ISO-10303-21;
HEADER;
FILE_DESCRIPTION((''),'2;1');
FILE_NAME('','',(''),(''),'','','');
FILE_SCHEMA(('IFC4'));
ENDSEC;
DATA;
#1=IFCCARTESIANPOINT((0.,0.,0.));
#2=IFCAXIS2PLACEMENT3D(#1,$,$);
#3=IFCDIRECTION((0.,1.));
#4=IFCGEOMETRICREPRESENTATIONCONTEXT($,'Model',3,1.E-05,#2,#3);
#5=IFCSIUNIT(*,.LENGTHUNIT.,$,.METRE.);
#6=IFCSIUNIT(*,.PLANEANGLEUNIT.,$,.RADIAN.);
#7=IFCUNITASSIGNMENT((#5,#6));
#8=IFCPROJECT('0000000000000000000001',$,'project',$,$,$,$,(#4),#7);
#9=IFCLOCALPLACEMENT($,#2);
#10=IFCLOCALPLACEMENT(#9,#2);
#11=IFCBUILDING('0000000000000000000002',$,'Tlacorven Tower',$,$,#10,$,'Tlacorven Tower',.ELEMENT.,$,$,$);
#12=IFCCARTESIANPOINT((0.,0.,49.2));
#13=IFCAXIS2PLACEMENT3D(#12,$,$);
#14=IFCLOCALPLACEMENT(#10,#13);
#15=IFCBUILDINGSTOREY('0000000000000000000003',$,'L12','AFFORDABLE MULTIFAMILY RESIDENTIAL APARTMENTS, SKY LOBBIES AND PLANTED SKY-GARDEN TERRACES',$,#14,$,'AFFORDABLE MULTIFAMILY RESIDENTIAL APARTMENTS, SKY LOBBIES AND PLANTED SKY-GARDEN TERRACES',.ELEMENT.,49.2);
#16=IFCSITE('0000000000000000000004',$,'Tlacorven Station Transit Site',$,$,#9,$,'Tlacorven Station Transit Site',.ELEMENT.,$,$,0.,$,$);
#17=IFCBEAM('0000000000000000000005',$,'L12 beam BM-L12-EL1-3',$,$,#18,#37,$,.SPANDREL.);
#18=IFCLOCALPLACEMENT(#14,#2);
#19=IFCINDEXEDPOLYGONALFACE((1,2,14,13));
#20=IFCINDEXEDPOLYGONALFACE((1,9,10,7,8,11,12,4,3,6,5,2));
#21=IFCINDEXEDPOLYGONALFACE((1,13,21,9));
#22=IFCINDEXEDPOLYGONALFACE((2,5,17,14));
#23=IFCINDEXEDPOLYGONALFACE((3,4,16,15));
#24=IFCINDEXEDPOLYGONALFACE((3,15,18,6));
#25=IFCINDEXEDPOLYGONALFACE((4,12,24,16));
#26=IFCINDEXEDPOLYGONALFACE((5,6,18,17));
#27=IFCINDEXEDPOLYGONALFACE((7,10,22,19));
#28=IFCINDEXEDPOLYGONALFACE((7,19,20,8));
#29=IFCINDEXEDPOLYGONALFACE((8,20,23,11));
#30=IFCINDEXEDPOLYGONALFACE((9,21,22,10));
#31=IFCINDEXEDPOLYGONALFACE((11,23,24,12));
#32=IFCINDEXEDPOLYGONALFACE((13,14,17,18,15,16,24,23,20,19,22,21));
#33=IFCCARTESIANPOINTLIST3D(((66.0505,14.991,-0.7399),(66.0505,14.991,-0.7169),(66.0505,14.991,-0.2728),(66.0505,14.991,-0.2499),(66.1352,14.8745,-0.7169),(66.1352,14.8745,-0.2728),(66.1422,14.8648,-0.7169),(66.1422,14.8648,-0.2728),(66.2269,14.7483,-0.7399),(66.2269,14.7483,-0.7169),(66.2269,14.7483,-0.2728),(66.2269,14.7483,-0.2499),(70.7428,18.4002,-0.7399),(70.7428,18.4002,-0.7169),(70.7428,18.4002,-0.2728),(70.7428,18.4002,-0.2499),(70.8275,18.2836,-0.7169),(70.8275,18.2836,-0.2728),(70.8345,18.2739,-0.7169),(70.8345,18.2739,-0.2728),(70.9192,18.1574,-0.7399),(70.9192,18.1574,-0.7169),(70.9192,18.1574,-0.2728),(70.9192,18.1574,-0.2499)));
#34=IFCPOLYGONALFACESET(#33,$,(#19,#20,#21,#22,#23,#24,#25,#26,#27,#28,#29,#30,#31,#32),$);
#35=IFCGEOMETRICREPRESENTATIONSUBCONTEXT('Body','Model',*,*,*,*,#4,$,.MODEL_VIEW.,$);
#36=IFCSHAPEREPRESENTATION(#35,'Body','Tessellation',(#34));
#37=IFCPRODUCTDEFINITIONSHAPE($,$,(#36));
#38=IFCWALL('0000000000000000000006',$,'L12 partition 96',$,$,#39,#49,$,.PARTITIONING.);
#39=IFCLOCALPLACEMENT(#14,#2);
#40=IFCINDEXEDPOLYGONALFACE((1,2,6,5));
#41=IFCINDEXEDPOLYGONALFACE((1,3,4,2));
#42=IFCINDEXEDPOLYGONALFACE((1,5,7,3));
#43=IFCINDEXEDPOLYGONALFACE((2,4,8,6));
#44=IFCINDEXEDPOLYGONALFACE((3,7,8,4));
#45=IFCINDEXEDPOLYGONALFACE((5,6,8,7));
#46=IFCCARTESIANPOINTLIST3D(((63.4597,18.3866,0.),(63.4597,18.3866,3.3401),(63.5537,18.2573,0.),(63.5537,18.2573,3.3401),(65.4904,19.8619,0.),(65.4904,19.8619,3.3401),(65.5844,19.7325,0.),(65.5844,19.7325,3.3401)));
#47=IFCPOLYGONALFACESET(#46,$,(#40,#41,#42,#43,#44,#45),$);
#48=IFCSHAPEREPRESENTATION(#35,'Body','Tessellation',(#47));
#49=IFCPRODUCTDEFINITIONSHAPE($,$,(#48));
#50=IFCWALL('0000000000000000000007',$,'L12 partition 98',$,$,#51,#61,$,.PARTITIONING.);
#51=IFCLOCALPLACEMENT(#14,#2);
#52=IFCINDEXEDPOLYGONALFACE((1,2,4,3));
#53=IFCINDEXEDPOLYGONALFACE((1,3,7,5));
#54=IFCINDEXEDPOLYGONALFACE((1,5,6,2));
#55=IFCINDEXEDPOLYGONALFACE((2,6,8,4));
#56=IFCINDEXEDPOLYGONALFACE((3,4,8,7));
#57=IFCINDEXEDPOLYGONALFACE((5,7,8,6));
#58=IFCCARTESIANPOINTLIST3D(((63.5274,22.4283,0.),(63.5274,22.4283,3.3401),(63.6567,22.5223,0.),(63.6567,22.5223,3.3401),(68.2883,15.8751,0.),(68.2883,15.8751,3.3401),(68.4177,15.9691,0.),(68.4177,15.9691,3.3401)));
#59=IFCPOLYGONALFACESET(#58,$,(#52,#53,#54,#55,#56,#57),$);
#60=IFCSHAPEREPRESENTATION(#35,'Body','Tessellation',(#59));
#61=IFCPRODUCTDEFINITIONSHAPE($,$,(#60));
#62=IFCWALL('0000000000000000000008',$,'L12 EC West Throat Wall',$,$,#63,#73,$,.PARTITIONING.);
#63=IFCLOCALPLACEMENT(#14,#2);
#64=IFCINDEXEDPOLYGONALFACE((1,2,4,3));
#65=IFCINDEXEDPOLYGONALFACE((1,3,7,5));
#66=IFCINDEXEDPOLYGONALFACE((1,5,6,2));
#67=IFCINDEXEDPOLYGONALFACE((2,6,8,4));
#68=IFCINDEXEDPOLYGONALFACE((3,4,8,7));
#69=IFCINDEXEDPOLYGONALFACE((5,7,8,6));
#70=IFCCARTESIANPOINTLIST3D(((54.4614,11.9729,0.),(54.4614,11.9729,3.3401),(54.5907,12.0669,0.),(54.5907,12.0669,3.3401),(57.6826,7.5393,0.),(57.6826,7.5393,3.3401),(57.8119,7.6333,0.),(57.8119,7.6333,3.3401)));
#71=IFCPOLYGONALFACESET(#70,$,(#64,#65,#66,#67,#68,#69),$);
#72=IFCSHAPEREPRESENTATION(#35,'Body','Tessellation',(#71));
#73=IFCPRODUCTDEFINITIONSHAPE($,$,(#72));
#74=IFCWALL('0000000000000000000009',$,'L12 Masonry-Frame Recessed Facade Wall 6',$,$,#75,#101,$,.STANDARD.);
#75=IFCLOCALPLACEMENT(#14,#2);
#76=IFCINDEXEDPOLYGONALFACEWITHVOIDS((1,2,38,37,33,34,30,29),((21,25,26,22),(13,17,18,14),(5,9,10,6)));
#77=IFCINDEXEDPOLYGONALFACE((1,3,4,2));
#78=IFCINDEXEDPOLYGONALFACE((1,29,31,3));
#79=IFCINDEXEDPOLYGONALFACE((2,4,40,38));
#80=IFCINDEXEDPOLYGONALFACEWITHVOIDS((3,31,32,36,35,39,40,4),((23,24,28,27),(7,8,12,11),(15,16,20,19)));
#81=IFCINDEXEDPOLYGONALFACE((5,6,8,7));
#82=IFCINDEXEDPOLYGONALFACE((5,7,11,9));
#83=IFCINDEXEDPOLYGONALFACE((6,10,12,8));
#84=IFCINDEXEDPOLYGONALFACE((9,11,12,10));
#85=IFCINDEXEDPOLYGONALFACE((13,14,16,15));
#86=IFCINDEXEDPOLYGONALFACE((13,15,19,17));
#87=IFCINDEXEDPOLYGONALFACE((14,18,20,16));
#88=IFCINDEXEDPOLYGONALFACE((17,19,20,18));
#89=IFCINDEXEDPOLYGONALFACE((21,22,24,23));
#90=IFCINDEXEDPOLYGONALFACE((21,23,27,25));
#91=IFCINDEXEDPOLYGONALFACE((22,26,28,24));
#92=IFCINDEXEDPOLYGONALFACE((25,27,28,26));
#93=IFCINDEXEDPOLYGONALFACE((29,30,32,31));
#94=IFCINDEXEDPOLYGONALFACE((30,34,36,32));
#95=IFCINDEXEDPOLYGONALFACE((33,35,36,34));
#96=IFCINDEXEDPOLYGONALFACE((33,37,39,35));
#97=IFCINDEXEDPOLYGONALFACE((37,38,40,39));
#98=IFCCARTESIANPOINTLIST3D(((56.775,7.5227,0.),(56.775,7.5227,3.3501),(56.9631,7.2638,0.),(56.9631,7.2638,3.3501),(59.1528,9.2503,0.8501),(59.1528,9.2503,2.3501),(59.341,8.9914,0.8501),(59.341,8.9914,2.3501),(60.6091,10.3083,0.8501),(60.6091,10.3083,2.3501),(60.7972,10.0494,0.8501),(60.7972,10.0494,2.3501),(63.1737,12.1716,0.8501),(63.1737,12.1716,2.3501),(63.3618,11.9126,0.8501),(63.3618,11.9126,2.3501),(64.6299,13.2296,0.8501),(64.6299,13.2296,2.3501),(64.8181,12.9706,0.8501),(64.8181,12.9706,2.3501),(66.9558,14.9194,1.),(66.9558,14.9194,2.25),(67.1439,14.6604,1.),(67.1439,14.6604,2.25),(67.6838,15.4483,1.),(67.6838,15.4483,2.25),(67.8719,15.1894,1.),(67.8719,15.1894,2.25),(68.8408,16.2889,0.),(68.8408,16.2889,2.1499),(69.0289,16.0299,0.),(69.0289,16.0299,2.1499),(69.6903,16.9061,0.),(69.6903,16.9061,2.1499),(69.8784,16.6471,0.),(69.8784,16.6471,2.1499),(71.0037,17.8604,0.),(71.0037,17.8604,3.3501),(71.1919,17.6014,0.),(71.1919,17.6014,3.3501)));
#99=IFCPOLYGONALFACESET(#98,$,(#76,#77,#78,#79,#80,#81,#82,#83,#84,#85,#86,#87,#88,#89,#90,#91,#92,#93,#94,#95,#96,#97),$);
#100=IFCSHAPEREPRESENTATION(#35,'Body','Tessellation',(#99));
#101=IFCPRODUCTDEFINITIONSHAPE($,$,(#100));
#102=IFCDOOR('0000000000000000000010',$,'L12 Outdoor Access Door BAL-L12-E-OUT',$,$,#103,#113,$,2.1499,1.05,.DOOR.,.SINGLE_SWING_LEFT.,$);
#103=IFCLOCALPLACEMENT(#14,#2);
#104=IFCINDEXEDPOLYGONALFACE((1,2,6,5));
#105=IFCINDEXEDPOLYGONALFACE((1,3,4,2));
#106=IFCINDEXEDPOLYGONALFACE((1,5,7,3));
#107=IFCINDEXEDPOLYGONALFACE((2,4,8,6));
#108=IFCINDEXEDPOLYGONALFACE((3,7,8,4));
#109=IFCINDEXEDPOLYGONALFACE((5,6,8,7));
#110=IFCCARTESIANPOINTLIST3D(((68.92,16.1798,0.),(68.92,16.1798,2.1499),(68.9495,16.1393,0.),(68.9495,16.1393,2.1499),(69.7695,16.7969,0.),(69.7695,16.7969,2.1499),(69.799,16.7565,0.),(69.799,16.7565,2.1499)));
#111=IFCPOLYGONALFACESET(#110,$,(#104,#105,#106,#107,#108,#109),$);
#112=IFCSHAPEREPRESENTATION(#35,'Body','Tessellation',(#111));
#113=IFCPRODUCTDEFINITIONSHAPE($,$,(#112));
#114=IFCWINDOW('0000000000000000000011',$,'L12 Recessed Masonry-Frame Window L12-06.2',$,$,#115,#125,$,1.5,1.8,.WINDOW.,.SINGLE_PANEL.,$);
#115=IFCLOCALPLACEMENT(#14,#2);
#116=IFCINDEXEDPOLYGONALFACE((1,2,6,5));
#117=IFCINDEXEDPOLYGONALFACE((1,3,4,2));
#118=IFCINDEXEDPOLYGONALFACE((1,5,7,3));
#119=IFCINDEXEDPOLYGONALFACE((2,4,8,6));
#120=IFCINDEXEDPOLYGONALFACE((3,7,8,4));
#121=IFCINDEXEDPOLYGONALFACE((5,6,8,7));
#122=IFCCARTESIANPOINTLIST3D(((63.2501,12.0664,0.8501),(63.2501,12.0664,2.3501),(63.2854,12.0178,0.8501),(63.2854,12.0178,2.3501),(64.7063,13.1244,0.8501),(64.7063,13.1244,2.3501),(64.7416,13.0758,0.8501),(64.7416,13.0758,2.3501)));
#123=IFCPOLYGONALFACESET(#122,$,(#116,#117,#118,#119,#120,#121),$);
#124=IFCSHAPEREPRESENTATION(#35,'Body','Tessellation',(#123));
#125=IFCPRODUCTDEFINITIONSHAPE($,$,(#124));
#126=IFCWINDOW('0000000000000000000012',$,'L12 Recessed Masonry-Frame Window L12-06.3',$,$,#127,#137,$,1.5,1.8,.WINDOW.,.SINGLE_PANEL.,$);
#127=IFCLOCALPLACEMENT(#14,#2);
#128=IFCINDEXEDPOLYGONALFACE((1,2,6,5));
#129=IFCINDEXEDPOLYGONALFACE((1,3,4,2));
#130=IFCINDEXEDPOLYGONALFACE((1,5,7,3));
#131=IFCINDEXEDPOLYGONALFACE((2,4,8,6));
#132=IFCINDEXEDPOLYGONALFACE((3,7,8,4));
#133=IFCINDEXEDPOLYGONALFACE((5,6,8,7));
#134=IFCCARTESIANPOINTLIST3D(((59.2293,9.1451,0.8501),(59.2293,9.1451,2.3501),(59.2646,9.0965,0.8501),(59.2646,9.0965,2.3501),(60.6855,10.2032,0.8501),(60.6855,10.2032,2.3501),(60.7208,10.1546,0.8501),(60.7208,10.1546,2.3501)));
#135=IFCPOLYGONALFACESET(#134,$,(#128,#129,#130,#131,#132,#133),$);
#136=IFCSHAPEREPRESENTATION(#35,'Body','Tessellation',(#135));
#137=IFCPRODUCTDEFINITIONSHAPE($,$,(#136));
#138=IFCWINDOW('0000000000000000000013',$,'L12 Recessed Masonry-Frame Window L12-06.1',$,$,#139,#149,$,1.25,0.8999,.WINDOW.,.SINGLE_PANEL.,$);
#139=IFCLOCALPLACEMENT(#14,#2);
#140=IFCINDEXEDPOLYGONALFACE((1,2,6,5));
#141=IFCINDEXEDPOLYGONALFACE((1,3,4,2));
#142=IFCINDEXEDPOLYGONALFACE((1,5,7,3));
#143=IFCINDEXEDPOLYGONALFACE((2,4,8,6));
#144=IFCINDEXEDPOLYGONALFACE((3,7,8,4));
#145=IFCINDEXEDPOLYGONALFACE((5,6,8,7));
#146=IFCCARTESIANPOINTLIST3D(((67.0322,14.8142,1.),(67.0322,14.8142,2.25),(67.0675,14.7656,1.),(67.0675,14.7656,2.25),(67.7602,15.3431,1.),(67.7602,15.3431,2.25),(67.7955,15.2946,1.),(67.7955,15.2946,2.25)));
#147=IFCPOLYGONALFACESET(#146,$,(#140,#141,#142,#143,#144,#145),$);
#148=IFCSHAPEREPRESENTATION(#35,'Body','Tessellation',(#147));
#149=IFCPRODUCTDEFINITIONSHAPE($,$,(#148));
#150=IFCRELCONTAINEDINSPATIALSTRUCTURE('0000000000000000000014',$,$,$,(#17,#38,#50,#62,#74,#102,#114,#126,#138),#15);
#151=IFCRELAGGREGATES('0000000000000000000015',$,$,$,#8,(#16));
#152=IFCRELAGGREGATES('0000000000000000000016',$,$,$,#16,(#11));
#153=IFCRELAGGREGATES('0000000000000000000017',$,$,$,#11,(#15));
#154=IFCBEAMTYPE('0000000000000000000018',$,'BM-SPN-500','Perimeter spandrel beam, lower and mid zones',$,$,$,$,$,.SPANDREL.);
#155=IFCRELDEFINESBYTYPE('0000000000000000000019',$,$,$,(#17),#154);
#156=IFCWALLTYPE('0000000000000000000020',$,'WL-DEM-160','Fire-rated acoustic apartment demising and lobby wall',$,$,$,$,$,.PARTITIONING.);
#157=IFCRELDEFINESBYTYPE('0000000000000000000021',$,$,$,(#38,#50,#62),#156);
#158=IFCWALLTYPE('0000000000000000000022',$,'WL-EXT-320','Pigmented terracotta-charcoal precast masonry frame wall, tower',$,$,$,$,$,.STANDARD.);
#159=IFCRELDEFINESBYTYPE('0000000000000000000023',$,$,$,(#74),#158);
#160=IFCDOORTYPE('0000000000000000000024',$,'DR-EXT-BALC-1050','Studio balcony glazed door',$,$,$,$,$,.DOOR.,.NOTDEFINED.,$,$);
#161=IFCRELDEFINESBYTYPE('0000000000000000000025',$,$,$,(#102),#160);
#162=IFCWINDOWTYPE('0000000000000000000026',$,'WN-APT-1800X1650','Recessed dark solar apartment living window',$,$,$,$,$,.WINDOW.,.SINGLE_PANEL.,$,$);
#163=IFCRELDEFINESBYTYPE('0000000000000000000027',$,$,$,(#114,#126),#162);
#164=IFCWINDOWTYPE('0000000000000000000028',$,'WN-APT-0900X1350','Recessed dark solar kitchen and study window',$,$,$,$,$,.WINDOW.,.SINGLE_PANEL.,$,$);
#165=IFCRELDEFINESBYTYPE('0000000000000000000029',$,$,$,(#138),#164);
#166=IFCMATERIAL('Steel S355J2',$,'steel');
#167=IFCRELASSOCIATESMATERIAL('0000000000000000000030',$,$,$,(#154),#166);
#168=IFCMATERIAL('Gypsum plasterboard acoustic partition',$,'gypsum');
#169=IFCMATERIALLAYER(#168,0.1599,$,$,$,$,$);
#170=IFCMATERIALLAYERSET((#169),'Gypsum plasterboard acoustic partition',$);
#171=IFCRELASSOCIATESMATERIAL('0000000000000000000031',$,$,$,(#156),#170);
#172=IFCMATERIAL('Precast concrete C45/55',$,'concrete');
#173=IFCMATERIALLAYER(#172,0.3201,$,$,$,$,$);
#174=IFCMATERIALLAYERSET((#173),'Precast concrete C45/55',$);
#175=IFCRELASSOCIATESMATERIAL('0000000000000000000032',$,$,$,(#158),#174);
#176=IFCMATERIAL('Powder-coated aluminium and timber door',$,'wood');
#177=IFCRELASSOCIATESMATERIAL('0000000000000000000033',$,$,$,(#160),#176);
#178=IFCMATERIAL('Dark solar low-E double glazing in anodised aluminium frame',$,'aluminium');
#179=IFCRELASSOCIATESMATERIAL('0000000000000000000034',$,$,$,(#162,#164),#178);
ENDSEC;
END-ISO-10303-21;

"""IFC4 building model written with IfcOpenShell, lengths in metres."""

from ifc_helpers import new_model, si_unit, direction, frame, frame_2d, origin, origin_2d, place, context, subcontext, project, spatial, rectangle, i_section, extrude, source, transform, mapped, material, layer, layer_set, material_profile, profile_set, type_object, element, fill, save


model = new_model("IFC4")

# Units and contexts
model_context = context("Model", 3, precision=1e-05, world=origin(), true_north=direction((0.0, 1.0)))
body_context = subcontext(model_context, "Body", "Model", "MODEL_VIEW")
ifc_project = project(units=[si_unit("LENGTHUNIT", "METRE"), si_unit("PLANEANGLEUNIT", "RADIAN")], contexts=[model_context])

# Site, building, storey
site_placement = place(None, origin())
site = spatial("IfcSite", under=ifc_project, at=site_placement, Name="Tlacorven Station Transit Site", LongName="Tlacorven Station Transit Site", CompositionType="ELEMENT", RefElevation=0.0)
building_placement = place(site_placement, origin())
building = spatial("IfcBuilding", under=site, at=building_placement, Name="Tlacorven Tower", LongName="Tlacorven Tower", CompositionType="ELEMENT")
storey_placement = place(building_placement, frame((0.0, 0.0, 49.2)))
storey = spatial("IfcBuildingStorey", under=building, at=storey_placement, Name="L12", Description="AFFORDABLE MULTIFAMILY RESIDENTIAL APARTMENTS, SKY LOBBIES AND PLANTED SKY-GARDEN TERRACES", LongName="AFFORDABLE MULTIFAMILY RESIDENTIAL APARTMENTS, SKY LOBBIES AND PLANTED SKY-GARDEN TERRACES", CompositionType="ELEMENT", Elevation=49.2)

# Beam
ifc_material_1 = material(Name="Steel S355J2", Category="steel")
ifc_material_profile_1 = material_profile(ifc_material_1, i_section(OverallWidth=0.3, OverallDepth=0.49, WebThickness=0.012, FlangeThickness=0.0229, at=origin_2d()), Name="HEA 500")
ifc_profile_set_1 = profile_set([ifc_material_profile_1], Name="Steel S355J2")
beam_type_1 = type_object("IfcBeamType", Name="BM-SPN-500", Description="Perimeter spandrel beam, lower and mid zones", PredefinedType="SPANDREL", material=ifc_profile_set_1)
shared_shape_1 = source(origin(), body_context, "Body", "SweptSolid", [
    extrude(i_section(OverallWidth=0.3, OverallDepth=0.49, WebThickness=0.012, FlangeThickness=0.0229, at=origin_2d()), origin(), (0.0, 0.0, 1.0), 5.8),
])
beam_1_placement = place(storey_placement, frame((66.1387, 14.8696, -0.4949), z_axis=(0.80902, 0.587781, 0.0), x_axis=(-0.587781, 0.80902, 0.0)))
element("IfcBeam", 1, at=beam_1_placement, inside=storey, type_object=beam_type_1, Name="L12 beam BM-L12-EL1-3", PredefinedType="SPANDREL", context=body_context, shape_type="MappedRepresentation", body=[
    mapped(shared_shape_1, transform((0.0, 0.0, 0.0), scale=1.0)),
])

# Walls
ifc_material_2 = material(Name="Gypsum plasterboard acoustic partition", Category="gypsum")
ifc_layer_1 = layer(ifc_material_2, 0.1599)
ifc_layer_set_1 = layer_set([ifc_layer_1], Name="Gypsum plasterboard acoustic partition")
wall_type_1 = type_object("IfcWallType", Name="WL-DEM-160", Description="Fire-rated acoustic apartment demising and lobby wall", PredefinedType="PARTITIONING", material=ifc_layer_set_1)
wall_1_placement = place(storey_placement, frame((63.5068, 18.322, 0.0), z_axis=(0.0, 0.0, 1.0), x_axis=(0.809035, 0.587761, 0.0)))
element("IfcWall", 2, at=wall_1_placement, inside=storey, type_object=wall_type_1, Name="L12 partition 96", PredefinedType="PARTITIONING", context=body_context, shape_type="SweptSolid", body=[
    extrude(rectangle(XDim=2.51, YDim=0.1599, at=frame_2d((1.2549, 0.0))), origin(), (0.0, 0.0, 1.0), 3.3401),
])
wall_2_placement = place(storey_placement, frame((68.353, 15.9221, 0.0), z_axis=(0.0, 0.0, 1.0), x_axis=(-0.587768, 0.809029, 0.0)))
element("IfcWall", 3, at=wall_2_placement, inside=storey, type_object=wall_type_1, Name="L12 partition 98", PredefinedType="PARTITIONING", context=body_context, shape_type="SweptSolid", body=[
    extrude(rectangle(XDim=8.1001, YDim=0.1599, at=frame_2d((4.05, 0.0))), origin(), (0.0, 0.0, 1.0), 3.3401),
])
wall_3_placement = place(storey_placement, frame((57.7473, 7.5862, 0.0), z_axis=(0.0, 0.0, 1.0), x_axis=(-0.587785, 0.809017, 0.0)))
element("IfcWall", 4, at=wall_3_placement, inside=storey, type_object=wall_type_1, Name="L12 EC West Throat Wall", PredefinedType="PARTITIONING", context=body_context, shape_type="SweptSolid", body=[
    extrude(rectangle(XDim=5.4802, YDim=0.1599, at=frame_2d((2.7402, 0.0))), origin(), (0.0, 0.0, 1.0), 3.3401),
])

# Wall, openings, door, windows
ifc_material_3 = material(Name="Precast concrete C45/55", Category="concrete")
ifc_layer_2 = layer(ifc_material_3, 0.3201)
ifc_layer_set_2 = layer_set([ifc_layer_2], Name="Precast concrete C45/55")
wall_type_2 = type_object("IfcWallType", Name="WL-EXT-320", Description="Pigmented terracotta-charcoal precast masonry frame wall, tower", PredefinedType="STANDARD", material=ifc_layer_set_2)
wall_4_placement = place(storey_placement, frame((71.0979, 17.731, 0.0), z_axis=(0.0, 0.0, 1.0), x_axis=(-0.809021, -0.58778, 0.0)))
wall_4 = element("IfcWall", 5, at=wall_4_placement, inside=storey, type_object=wall_type_2, Name="L12 Masonry-Frame Recessed Facade Wall 6", PredefinedType="STANDARD", context=body_context, shape_type="SweptSolid", body=[
    extrude(rectangle(XDim=17.5876, YDim=0.3201, at=frame_2d((8.7939, 0.0))), origin(), (0.0, 0.0, 1.0), 3.3501),
])
opening_1_placement = place(wall_4_placement, frame((1.6238, 0.0, 0.0)))
opening_1 = element("IfcOpeningElement", 6, at=opening_1_placement, cuts=wall_4, PredefinedType="OPENING", context=body_context, shape_type="SweptSolid", body=[
    extrude(rectangle(XDim=1.05, YDim=2.1499, at=frame_2d((0.5249, 1.075))), frame((0.0, 0.1699, 0.0), z_axis=(0.0, -1.0, 0.0), x_axis=(1.0, 0.0, 0.0)), (0.0, 0.0, 1.0), 0.3401),
])
opening_2_placement = place(wall_4_placement, frame((4.1038, 0.0, 1.0)))
opening_2 = element("IfcOpeningElement", 7, at=opening_2_placement, cuts=wall_4, PredefinedType="OPENING", context=body_context, shape_type="SweptSolid", body=[
    extrude(rectangle(XDim=0.8999, YDim=1.25, at=frame_2d((0.45, 0.625))), frame((0.0, 0.1699, 0.0), z_axis=(0.0, -1.0, 0.0), x_axis=(1.0, 0.0, 0.0)), (0.0, 0.0, 1.0), 0.3401),
])
opening_3_placement = place(wall_4_placement, frame((7.8787, 0.0, 0.8501)))
opening_3 = element("IfcOpeningElement", 8, at=opening_3_placement, cuts=wall_4, PredefinedType="OPENING", context=body_context, shape_type="SweptSolid", body=[
    extrude(rectangle(XDim=1.8, YDim=1.5, at=frame_2d((0.8999, 0.75))), frame((0.0, 0.1699, 0.0), z_axis=(0.0, -1.0, 0.0), x_axis=(1.0, 0.0, 0.0)), (0.0, 0.0, 1.0), 0.3401),
])
opening_4_placement = place(wall_4_placement, frame((12.8486, 0.0, 0.8501)))
opening_4 = element("IfcOpeningElement", 9, at=opening_4_placement, cuts=wall_4, PredefinedType="OPENING", context=body_context, shape_type="SweptSolid", body=[
    extrude(rectangle(XDim=1.8, YDim=1.5, at=frame_2d((0.8999, 0.75))), frame((0.0, 0.1699, 0.0), z_axis=(0.0, -1.0, 0.0), x_axis=(1.0, 0.0, 0.0)), (0.0, 0.0, 1.0), 0.3401),
])
ifc_material_4 = material(Name="Powder-coated aluminium and timber door", Category="wood")
door_type_1 = type_object("IfcDoorType", Name="DR-EXT-BALC-1050", Description="Studio balcony glazed door", OperationType="NOTDEFINED", PredefinedType="DOOR", material=ifc_material_4)
shared_shape_2 = source(origin(), body_context, "Body", "SweptSolid", [
    extrude(rectangle(XDim=1.05, YDim=2.1499, at=frame_2d((0.5249, 1.075))), frame((0.0, 0.0249, 0.0), z_axis=(0.0, -1.0, 0.0), x_axis=(1.0, 0.0, 0.0)), (0.0, 0.0, 1.0), 0.05),
])
door_1_placement = place(opening_1_placement, origin())
door_1 = element("IfcDoor", 10, at=door_1_placement, inside=storey, type_object=door_type_1, Name="L12 Outdoor Access Door BAL-L12-E-OUT", OperationType="SINGLE_SWING_LEFT", OverallHeight=2.1499, OverallWidth=1.05, PredefinedType="DOOR", context=body_context, shape_type="MappedRepresentation", body=[
    mapped(shared_shape_2, transform((0.0, 0.0, 0.0), scale=1.0)),
])
fill(opening_1, door_1)
ifc_material_5 = material(Name="Dark solar low-E double glazing in anodised aluminium frame", Category="aluminium")
window_type_1 = type_object("IfcWindowType", Name="WN-APT-1800X1650", Description="Recessed dark solar apartment living window", PartitioningType="SINGLE_PANEL", PredefinedType="WINDOW", material=ifc_material_5)
shared_shape_3 = source(origin(), body_context, "Body", "SweptSolid", [
    extrude(rectangle(XDim=1.8, YDim=1.5, at=frame_2d((0.8999, 0.75))), frame((0.0, 0.03, 0.0), z_axis=(0.0, -1.0, 0.0), x_axis=(1.0, 0.0, 0.0)), (0.0, 0.0, 1.0), 0.0601),
])
window_1_placement = place(opening_3_placement, origin())
window_1 = element("IfcWindow", 11, at=window_1_placement, inside=storey, type_object=window_type_1, Name="L12 Recessed Masonry-Frame Window L12-06.2", OverallHeight=1.5, OverallWidth=1.8, PartitioningType="SINGLE_PANEL", PredefinedType="WINDOW", context=body_context, shape_type="MappedRepresentation", body=[
    mapped(shared_shape_3, transform((0.0, 0.0, 0.0), scale=1.0)),
])
fill(opening_3, window_1)
window_2_placement = place(opening_4_placement, origin())
window_2 = element("IfcWindow", 12, at=window_2_placement, inside=storey, type_object=window_type_1, Name="L12 Recessed Masonry-Frame Window L12-06.3", OverallHeight=1.5, OverallWidth=1.8, PartitioningType="SINGLE_PANEL", PredefinedType="WINDOW", context=body_context, shape_type="MappedRepresentation", body=[
    mapped(shared_shape_3, transform((0.0, 0.0, 0.0), scale=1.0)),
])
fill(opening_4, window_2)
window_type_2 = type_object("IfcWindowType", Name="WN-APT-0900X1350", Description="Recessed dark solar kitchen and study window", PartitioningType="SINGLE_PANEL", PredefinedType="WINDOW", material=ifc_material_5)
shared_shape_4 = source(origin(), body_context, "Body", "SweptSolid", [
    extrude(rectangle(XDim=0.8999, YDim=1.25, at=frame_2d((0.45, 0.625))), frame((0.0, 0.03, 0.0), z_axis=(0.0, -1.0, 0.0), x_axis=(1.0, 0.0, 0.0)), (0.0, 0.0, 1.0), 0.0601),
])
window_3_placement = place(opening_2_placement, origin())
window_3 = element("IfcWindow", 13, at=window_3_placement, inside=storey, type_object=window_type_2, Name="L12 Recessed Masonry-Frame Window L12-06.1", OverallHeight=1.25, OverallWidth=0.8999, PartitioningType="SINGLE_PANEL", PredefinedType="WINDOW", context=body_context, shape_type="MappedRepresentation", body=[
    mapped(shared_shape_4, transform((0.0, 0.0, 0.0), scale=1.0)),
])
fill(opening_2, window_3)

save(model, "model.ifc")
